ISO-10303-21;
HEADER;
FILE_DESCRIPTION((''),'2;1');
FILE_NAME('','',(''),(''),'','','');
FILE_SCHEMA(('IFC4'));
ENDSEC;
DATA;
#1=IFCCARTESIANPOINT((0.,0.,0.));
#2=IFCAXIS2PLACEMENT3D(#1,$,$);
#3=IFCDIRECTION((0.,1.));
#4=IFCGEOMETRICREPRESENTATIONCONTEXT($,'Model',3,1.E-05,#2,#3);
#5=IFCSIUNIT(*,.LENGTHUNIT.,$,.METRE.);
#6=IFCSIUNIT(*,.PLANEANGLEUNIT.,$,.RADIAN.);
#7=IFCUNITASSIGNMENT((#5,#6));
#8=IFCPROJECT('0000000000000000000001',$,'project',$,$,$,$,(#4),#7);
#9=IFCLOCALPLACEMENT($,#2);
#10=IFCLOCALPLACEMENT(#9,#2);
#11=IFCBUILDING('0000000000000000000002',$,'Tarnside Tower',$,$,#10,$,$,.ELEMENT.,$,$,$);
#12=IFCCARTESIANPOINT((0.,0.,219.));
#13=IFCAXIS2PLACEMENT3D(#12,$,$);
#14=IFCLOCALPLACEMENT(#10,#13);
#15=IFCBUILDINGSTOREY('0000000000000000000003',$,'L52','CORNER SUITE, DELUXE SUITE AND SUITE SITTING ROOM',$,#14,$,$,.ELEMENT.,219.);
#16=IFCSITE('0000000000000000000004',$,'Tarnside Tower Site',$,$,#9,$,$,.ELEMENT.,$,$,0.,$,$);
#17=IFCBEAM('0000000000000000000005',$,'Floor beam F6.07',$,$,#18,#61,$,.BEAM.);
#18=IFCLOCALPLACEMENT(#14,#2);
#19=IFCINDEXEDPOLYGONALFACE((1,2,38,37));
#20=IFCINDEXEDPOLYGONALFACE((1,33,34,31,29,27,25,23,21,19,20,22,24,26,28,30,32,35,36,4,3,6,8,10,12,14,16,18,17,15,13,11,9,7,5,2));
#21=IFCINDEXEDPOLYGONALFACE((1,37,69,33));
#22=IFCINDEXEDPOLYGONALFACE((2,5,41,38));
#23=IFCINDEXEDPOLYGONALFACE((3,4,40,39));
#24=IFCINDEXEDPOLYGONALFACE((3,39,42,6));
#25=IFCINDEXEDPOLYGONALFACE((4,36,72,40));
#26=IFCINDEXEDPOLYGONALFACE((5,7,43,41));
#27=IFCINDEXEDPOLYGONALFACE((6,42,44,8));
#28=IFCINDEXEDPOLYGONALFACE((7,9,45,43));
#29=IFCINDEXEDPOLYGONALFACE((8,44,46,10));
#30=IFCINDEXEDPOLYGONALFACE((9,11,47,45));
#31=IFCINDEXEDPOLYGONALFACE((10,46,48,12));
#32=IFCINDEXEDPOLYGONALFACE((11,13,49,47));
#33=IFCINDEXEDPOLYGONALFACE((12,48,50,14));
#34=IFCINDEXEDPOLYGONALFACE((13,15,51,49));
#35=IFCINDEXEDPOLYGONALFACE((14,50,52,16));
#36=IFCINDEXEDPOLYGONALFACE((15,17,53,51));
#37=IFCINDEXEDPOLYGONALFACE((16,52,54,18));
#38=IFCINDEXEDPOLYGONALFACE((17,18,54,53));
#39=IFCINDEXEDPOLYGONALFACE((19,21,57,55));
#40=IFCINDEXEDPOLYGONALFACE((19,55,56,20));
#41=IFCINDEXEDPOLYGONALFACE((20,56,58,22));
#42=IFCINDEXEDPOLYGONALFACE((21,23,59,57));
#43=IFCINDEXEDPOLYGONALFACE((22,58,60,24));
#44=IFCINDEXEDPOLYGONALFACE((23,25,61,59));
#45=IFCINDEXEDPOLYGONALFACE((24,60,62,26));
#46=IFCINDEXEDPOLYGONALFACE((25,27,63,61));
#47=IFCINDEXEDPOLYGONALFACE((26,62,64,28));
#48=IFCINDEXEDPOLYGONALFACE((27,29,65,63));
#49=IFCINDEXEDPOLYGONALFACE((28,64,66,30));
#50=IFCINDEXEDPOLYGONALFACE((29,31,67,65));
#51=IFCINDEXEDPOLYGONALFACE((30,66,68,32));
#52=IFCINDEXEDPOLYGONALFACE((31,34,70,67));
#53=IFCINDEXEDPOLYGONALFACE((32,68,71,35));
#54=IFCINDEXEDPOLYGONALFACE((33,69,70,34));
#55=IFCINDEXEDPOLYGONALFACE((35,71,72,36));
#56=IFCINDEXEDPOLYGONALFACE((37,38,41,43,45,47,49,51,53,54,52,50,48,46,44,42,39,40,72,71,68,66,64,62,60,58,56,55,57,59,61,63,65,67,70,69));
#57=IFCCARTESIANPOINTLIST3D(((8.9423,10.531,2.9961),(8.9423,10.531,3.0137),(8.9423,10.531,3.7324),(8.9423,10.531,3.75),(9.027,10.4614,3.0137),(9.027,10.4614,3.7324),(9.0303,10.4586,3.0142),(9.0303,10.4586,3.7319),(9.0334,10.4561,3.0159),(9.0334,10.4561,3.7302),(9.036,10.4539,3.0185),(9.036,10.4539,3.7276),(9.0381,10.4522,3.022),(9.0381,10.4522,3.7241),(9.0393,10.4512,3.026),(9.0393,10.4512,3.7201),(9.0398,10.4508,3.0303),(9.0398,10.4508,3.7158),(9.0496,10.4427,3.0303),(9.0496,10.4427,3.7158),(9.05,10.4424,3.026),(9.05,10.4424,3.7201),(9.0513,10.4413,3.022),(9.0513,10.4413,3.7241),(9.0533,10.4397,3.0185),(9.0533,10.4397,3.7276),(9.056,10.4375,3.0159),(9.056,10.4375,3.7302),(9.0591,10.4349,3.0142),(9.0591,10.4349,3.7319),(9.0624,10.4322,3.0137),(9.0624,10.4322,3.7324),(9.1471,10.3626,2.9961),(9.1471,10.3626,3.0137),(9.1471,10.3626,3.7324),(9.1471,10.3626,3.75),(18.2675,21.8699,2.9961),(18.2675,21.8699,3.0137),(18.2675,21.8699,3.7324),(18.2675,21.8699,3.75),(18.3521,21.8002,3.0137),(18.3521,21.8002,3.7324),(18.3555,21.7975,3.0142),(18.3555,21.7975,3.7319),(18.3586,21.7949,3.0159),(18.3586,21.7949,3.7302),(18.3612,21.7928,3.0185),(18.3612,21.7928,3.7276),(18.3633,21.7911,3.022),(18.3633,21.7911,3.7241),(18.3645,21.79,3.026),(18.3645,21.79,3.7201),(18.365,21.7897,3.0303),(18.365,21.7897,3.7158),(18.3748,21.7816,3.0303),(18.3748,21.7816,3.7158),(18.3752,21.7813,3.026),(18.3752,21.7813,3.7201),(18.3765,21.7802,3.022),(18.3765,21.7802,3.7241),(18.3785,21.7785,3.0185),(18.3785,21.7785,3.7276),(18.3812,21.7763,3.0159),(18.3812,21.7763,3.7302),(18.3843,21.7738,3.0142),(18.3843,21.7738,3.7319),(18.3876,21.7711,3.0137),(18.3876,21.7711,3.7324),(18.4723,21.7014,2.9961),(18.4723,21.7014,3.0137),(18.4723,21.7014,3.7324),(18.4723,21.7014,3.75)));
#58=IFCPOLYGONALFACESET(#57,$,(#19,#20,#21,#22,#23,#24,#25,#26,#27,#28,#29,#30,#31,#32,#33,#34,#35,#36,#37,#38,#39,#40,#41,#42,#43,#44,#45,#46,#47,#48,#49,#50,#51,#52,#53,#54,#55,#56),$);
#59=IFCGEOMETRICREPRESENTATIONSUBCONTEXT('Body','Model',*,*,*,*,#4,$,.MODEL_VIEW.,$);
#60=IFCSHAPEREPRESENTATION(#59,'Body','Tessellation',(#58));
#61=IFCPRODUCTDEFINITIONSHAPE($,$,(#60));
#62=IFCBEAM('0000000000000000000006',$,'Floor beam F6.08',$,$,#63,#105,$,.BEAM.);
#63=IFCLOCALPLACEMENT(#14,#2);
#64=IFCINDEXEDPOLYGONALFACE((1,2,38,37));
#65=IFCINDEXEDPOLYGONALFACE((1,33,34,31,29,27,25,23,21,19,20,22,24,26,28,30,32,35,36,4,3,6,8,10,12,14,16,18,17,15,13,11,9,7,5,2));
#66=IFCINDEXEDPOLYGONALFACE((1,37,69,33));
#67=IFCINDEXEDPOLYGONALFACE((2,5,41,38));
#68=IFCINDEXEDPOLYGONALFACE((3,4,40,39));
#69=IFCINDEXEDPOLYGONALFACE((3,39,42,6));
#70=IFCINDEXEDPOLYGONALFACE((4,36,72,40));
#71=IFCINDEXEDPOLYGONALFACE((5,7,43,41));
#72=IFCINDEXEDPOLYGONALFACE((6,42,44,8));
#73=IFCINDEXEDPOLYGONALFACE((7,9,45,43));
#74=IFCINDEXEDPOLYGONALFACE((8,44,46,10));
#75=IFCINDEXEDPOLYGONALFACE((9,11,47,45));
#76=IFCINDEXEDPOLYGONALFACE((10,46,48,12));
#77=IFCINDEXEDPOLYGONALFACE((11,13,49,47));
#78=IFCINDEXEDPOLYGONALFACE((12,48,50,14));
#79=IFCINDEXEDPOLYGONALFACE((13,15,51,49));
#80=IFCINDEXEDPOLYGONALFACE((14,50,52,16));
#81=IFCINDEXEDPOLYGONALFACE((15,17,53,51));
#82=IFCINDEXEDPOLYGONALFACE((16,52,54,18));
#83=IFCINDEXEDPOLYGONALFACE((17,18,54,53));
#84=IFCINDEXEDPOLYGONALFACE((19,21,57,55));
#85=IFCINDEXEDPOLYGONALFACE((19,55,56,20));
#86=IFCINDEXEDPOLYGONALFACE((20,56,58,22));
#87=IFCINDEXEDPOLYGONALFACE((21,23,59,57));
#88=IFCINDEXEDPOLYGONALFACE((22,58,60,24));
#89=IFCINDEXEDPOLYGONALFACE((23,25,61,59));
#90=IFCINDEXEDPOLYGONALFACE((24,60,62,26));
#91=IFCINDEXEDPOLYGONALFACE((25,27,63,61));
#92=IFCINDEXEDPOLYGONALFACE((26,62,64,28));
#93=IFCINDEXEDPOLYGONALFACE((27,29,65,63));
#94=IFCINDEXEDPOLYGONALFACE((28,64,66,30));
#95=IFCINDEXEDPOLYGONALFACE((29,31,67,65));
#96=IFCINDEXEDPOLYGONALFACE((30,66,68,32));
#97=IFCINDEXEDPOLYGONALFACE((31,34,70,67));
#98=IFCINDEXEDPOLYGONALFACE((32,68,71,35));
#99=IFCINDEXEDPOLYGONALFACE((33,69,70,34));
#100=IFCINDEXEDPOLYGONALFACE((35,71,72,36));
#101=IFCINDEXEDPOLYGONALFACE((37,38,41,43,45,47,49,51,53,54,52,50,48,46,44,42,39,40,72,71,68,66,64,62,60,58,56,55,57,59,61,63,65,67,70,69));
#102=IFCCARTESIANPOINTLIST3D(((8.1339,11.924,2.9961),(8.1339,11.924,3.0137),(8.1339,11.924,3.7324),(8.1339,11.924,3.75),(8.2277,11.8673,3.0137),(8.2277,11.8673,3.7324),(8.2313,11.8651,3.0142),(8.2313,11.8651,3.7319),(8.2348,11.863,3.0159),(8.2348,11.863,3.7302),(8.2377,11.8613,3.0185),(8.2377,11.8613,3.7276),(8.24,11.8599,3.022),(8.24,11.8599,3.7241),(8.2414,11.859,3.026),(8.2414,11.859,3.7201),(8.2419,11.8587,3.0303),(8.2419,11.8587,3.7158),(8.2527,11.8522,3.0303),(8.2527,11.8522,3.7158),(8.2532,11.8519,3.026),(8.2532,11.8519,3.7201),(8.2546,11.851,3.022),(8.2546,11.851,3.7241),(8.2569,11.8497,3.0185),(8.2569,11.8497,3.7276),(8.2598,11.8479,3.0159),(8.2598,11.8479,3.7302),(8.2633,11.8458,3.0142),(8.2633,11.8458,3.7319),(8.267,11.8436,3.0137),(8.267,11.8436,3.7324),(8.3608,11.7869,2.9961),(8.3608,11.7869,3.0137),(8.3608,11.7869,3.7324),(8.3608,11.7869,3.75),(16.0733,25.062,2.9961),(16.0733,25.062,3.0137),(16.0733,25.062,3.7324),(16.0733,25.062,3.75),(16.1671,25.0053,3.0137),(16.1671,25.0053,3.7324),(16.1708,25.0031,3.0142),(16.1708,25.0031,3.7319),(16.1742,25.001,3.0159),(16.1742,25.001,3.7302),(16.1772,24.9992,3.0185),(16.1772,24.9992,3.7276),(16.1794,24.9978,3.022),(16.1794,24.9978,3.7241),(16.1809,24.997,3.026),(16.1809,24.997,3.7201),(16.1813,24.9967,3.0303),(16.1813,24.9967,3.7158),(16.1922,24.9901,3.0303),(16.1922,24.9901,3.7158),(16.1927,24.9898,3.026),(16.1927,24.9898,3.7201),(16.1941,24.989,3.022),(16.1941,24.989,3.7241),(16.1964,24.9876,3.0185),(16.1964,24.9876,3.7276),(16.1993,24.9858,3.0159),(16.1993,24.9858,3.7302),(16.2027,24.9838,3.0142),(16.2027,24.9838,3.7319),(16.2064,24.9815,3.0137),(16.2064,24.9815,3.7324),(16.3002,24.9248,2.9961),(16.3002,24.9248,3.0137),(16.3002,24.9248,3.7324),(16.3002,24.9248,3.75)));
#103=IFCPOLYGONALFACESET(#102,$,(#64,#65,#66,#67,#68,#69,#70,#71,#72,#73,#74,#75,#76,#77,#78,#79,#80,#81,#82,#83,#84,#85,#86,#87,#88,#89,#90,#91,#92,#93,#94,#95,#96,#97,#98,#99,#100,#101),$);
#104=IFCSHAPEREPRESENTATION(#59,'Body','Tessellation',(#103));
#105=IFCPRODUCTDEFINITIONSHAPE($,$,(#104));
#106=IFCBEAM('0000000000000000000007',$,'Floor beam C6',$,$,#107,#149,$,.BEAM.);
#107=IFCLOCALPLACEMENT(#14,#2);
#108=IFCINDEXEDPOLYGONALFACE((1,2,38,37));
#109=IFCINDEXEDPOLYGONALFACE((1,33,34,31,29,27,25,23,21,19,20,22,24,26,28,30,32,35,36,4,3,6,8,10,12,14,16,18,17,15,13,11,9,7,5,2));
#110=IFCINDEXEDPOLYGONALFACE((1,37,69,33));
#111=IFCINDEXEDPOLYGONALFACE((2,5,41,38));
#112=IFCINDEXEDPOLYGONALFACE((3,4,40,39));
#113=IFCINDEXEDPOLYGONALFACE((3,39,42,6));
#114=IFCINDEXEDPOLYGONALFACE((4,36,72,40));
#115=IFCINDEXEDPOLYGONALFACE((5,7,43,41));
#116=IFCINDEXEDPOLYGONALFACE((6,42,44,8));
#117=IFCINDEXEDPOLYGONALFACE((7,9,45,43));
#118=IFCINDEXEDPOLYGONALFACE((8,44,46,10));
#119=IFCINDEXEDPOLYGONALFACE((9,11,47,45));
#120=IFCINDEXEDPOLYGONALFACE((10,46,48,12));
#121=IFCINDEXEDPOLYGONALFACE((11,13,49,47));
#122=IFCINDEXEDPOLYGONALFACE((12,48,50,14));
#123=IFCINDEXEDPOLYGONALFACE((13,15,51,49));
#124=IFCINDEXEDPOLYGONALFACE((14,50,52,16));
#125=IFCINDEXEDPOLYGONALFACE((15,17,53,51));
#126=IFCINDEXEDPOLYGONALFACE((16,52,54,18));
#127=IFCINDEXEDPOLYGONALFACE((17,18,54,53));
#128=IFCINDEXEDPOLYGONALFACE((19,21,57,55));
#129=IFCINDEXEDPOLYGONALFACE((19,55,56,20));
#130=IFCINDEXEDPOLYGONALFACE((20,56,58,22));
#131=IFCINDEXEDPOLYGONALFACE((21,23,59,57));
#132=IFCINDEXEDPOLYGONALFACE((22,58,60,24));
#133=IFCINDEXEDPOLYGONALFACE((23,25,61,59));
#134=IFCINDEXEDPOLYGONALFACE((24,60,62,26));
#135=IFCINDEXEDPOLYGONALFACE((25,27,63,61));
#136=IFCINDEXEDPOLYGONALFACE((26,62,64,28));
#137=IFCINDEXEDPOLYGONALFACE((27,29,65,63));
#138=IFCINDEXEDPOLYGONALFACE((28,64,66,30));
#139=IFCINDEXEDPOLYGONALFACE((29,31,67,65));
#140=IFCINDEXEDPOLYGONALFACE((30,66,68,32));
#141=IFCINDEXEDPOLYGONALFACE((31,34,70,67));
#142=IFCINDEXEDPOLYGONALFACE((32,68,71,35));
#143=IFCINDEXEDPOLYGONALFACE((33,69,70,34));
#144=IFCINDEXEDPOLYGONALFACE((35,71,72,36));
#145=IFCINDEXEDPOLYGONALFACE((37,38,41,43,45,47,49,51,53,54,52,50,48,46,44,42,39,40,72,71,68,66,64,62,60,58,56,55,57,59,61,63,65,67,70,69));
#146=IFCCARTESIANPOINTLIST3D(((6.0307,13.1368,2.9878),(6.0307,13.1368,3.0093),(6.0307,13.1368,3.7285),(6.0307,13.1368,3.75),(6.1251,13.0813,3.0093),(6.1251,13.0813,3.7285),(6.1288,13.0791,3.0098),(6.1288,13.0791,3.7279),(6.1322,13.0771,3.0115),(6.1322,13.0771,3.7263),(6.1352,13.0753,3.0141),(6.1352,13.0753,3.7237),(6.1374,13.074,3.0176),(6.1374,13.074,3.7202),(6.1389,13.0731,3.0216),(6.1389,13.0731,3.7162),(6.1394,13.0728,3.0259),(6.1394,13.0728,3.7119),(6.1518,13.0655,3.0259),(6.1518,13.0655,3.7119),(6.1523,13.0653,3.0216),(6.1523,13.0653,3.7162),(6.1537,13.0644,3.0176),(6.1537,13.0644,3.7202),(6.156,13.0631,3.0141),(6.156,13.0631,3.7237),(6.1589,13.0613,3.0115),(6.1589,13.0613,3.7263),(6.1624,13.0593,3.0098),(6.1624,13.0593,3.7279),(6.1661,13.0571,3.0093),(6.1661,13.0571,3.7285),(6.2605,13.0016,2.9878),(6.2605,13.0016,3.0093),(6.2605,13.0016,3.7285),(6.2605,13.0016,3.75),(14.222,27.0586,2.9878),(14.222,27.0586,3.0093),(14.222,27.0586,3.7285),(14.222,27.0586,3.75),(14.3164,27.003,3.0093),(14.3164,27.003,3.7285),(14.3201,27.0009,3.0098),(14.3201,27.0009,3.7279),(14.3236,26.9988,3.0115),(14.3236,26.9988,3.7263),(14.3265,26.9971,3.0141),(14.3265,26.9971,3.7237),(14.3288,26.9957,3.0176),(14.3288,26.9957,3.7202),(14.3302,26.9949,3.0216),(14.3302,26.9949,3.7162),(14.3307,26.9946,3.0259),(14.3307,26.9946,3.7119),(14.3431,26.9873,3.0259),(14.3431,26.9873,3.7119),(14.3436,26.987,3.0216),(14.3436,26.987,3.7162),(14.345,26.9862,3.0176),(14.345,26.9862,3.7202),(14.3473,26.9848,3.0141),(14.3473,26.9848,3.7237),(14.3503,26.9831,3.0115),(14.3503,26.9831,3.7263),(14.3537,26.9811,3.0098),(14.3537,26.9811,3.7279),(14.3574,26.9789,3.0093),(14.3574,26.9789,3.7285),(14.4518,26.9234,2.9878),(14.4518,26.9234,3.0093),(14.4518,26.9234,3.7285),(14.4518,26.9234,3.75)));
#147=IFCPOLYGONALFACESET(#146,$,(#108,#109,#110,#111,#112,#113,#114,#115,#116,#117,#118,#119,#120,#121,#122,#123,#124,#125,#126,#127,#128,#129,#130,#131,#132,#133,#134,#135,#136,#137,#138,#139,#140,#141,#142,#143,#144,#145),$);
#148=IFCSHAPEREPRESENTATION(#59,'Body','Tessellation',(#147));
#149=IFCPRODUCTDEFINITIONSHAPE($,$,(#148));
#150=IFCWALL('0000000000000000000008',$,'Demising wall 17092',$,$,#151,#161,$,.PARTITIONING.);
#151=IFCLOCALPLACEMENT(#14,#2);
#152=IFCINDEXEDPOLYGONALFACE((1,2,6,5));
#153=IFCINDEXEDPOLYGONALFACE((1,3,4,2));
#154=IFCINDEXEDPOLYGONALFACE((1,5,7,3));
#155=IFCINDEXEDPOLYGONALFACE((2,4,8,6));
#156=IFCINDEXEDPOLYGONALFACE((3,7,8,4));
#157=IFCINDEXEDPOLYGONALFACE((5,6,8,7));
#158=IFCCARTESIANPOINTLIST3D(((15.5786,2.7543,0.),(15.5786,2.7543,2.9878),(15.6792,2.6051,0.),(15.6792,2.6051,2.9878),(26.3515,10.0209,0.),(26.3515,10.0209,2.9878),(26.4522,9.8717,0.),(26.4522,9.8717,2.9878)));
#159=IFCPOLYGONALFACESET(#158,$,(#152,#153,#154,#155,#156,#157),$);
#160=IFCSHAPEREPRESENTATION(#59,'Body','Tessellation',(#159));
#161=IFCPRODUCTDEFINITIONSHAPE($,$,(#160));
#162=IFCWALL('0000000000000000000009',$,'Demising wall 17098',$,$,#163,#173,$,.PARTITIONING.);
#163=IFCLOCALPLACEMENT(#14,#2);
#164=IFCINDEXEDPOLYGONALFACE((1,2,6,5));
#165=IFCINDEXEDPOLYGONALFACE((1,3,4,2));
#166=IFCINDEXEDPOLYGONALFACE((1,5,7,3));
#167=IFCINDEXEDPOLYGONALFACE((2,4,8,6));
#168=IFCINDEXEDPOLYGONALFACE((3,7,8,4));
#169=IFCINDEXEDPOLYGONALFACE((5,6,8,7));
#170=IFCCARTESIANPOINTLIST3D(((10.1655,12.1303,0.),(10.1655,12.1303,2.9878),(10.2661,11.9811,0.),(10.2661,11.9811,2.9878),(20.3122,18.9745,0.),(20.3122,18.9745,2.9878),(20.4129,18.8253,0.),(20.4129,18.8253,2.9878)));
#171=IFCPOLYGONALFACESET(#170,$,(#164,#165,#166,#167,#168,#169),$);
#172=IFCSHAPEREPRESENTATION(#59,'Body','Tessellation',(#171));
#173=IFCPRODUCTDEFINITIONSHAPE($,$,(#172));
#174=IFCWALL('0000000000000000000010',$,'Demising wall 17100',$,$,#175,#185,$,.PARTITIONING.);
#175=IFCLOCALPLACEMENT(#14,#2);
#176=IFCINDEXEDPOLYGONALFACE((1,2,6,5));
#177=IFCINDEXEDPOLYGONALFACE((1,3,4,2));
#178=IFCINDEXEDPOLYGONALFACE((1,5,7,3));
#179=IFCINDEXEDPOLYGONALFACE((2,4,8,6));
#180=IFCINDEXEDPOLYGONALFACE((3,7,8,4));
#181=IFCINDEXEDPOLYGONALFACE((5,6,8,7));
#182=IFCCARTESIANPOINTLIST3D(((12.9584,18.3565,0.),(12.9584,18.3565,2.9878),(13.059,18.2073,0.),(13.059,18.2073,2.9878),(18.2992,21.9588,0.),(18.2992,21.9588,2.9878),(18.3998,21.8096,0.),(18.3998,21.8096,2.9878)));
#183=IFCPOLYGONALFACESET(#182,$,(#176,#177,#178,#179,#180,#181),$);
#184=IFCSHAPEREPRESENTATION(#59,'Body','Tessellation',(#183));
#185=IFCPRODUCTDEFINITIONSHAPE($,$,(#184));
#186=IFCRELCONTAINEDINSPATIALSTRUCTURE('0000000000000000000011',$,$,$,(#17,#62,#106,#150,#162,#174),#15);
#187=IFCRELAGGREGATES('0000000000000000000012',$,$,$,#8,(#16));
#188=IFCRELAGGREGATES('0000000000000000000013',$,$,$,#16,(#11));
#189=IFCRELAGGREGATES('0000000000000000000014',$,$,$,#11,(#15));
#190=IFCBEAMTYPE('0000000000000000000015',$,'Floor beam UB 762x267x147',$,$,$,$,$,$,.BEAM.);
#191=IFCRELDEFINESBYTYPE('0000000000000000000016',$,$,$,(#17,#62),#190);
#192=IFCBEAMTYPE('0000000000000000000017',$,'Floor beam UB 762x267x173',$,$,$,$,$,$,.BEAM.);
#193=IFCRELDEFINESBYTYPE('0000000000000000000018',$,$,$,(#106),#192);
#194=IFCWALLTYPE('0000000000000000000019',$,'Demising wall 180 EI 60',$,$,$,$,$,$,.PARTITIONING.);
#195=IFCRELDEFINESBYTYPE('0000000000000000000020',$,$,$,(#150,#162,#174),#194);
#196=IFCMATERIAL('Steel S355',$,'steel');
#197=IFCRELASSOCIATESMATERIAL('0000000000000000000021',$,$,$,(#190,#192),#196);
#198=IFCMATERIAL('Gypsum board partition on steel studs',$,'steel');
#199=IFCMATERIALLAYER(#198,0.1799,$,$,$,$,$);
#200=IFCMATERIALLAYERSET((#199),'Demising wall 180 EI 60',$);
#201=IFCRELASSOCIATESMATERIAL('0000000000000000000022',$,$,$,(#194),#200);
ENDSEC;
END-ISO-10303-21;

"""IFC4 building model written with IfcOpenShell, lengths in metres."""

from ifc_helpers import new_model, si_unit, direction, frame, frame_2d, origin, origin_2d, place, context, subcontext, project, spatial, rectangle, i_section, extrude, material, layer, layer_set, material_profile, profile_set, type_object, element, save


model = new_model("IFC4")

# Units and contexts
model_context = context("Model", 3, precision=1e-05, world=origin(), true_north=direction((0.0, 1.0)))
body_context = subcontext(model_context, "Body", "Model", "MODEL_VIEW")
ifc_project = project(units=[si_unit("LENGTHUNIT", "METRE"), si_unit("PLANEANGLEUNIT", "RADIAN")], contexts=[model_context])

# Site, building, storey
site_placement = place(None, origin())
site = spatial("IfcSite", under=ifc_project, at=site_placement, Name="Tarnside Tower Site", CompositionType="ELEMENT", RefElevation=0.0)
building_placement = place(site_placement, origin())
building = spatial("IfcBuilding", under=site, at=building_placement, Name="Tarnside Tower", CompositionType="ELEMENT")
storey_placement = place(building_placement, frame((0.0, 0.0, 219.0)))
storey = spatial("IfcBuildingStorey", under=building, at=storey_placement, Name="L52", Description="CORNER SUITE, DELUXE SUITE AND SUITE SITTING ROOM", CompositionType="ELEMENT", Elevation=219.0)

# Beams
ifc_material_1 = material(Name="Steel S355", Category="steel")
ifc_material_profile_1 = material_profile(ifc_material_1, i_section(OverallWidth=0.2651, OverallDepth=0.7539, WebThickness=0.0127, FlangeThickness=0.0176, FilletRadius=0.0166, at=origin_2d()), Name="UB 762x267x147")
ifc_profile_set_1 = profile_set([ifc_material_profile_1], Name="Steel S355")
beam_type_1 = type_object("IfcBeamType", Name="Floor beam UB 762x267x147", PredefinedType="BEAM", material=ifc_profile_set_1)
beam_1_placement = place(storey_placement, frame((18.3699, 21.7856, 3.373), z_axis=(-0.635192, -0.772354, 0.0), x_axis=(0.772354, -0.635192, 0.0)))
element("IfcBeam", 1, at=beam_1_placement, inside=storey, type_object=beam_type_1, Name="Floor beam F6.07", PredefinedType="BEAM", context=body_context, shape_type="SweptSolid", body=[
    extrude(i_section(OverallWidth=0.2651, OverallDepth=0.7539, WebThickness=0.0127, FlangeThickness=0.0176, FilletRadius=0.0166, at=origin_2d()), origin(), (0.0, 0.0, 1.0), 14.6809),
])
beam_2_placement = place(storey_placement, frame((16.1868, 24.9934, 3.373), z_axis=(-0.517209, -0.855859, 0.0), x_axis=(0.855859, -0.517209, 0.0)))
element("IfcBeam", 2, at=beam_2_placement, inside=storey, type_object=beam_type_1, Name="Floor beam F6.08", PredefinedType="BEAM", context=body_context, shape_type="SweptSolid", body=[
    extrude(i_section(OverallWidth=0.2651, OverallDepth=0.7539, WebThickness=0.0127, FlangeThickness=0.0176, FilletRadius=0.0166, at=origin_2d()), origin(), (0.0, 0.0, 1.0), 15.3506),
])
ifc_material_profile_2 = material_profile(ifc_material_1, i_section(OverallWidth=0.2666, OverallDepth=0.7622, WebThickness=0.0144, FlangeThickness=0.0215, FilletRadius=0.0166, at=origin_2d()), Name="UB 762x267x173")
ifc_profile_set_2 = profile_set([ifc_material_profile_2], Name="Steel S355")
beam_type_2 = type_object("IfcBeamType", Name="Floor beam UB 762x267x173", PredefinedType="BEAM", material=ifc_profile_set_2)
beam_3_placement = place(storey_placement, frame((14.3369, 26.991, 3.3689), z_axis=(-0.507115, -0.861878, 0.0), x_axis=(0.861878, -0.507115, 0.0)))
element("IfcBeam", 3, at=beam_3_placement, inside=storey, type_object=beam_type_2, Name="Floor beam C6", PredefinedType="BEAM", context=body_context, shape_type="SweptSolid", body=[
    extrude(i_section(OverallWidth=0.2666, OverallDepth=0.7622, WebThickness=0.0144, FlangeThickness=0.0215, FilletRadius=0.0166, at=origin_2d()), origin(), (0.0, 0.0, 1.0), 16.1528),
])

# Walls
ifc_material_2 = material(Name="Gypsum board partition on steel studs", Category="steel")
ifc_layer_1 = layer(ifc_material_2, 0.1799)
ifc_layer_set_1 = layer_set([ifc_layer_1], Name="Demising wall 180 EI 60")
wall_type_1 = type_object("IfcWallType", Name="Demising wall 180 EI 60", PredefinedType="PARTITIONING", material=ifc_layer_set_1)
wall_1_placement = place(storey_placement, frame((26.4019, 9.9463, 0.0), z_axis=(0.0, 0.0, 1.0), x_axis=(-0.829032, -0.559201, 0.0)))
element("IfcWall", 4, at=wall_1_placement, inside=storey, type_object=wall_type_1, Name="Demising wall 17092", PredefinedType="PARTITIONING", context=body_context, shape_type="SweptSolid", body=[
    extrude(rectangle(XDim=12.9946, YDim=0.1799, at=frame_2d((6.4973, 0.0))), origin(), (0.0, 0.0, 1.0), 2.9878),
])
wall_2_placement = place(storey_placement, frame((20.3625, 18.8999, 0.0), z_axis=(0.0, 0.0, 1.0), x_axis=(-0.829031, -0.559203, 0.0)))
element("IfcWall", 5, at=wall_2_placement, inside=storey, type_object=wall_type_1, Name="Demising wall 17098", PredefinedType="PARTITIONING", context=body_context, shape_type="SweptSolid", body=[
    extrude(rectangle(XDim=12.2393, YDim=0.1799, at=frame_2d((6.1196, 0.0))), origin(), (0.0, 0.0, 1.0), 2.9878),
])
wall_3_placement = place(storey_placement, frame((18.3496, 21.8843, 0.0), z_axis=(0.0, 0.0, 1.0), x_axis=(-0.829047, -0.559179, 0.0)))
element("IfcWall", 6, at=wall_3_placement, inside=storey, type_object=wall_type_1, Name="Demising wall 17100", PredefinedType="PARTITIONING", context=body_context, shape_type="SweptSolid", body=[
    extrude(rectangle(XDim=6.4421, YDim=0.1799, at=frame_2d((3.2212, 0.0))), origin(), (0.0, 0.0, 1.0), 2.9878),
])

save(model, "model.ifc")
